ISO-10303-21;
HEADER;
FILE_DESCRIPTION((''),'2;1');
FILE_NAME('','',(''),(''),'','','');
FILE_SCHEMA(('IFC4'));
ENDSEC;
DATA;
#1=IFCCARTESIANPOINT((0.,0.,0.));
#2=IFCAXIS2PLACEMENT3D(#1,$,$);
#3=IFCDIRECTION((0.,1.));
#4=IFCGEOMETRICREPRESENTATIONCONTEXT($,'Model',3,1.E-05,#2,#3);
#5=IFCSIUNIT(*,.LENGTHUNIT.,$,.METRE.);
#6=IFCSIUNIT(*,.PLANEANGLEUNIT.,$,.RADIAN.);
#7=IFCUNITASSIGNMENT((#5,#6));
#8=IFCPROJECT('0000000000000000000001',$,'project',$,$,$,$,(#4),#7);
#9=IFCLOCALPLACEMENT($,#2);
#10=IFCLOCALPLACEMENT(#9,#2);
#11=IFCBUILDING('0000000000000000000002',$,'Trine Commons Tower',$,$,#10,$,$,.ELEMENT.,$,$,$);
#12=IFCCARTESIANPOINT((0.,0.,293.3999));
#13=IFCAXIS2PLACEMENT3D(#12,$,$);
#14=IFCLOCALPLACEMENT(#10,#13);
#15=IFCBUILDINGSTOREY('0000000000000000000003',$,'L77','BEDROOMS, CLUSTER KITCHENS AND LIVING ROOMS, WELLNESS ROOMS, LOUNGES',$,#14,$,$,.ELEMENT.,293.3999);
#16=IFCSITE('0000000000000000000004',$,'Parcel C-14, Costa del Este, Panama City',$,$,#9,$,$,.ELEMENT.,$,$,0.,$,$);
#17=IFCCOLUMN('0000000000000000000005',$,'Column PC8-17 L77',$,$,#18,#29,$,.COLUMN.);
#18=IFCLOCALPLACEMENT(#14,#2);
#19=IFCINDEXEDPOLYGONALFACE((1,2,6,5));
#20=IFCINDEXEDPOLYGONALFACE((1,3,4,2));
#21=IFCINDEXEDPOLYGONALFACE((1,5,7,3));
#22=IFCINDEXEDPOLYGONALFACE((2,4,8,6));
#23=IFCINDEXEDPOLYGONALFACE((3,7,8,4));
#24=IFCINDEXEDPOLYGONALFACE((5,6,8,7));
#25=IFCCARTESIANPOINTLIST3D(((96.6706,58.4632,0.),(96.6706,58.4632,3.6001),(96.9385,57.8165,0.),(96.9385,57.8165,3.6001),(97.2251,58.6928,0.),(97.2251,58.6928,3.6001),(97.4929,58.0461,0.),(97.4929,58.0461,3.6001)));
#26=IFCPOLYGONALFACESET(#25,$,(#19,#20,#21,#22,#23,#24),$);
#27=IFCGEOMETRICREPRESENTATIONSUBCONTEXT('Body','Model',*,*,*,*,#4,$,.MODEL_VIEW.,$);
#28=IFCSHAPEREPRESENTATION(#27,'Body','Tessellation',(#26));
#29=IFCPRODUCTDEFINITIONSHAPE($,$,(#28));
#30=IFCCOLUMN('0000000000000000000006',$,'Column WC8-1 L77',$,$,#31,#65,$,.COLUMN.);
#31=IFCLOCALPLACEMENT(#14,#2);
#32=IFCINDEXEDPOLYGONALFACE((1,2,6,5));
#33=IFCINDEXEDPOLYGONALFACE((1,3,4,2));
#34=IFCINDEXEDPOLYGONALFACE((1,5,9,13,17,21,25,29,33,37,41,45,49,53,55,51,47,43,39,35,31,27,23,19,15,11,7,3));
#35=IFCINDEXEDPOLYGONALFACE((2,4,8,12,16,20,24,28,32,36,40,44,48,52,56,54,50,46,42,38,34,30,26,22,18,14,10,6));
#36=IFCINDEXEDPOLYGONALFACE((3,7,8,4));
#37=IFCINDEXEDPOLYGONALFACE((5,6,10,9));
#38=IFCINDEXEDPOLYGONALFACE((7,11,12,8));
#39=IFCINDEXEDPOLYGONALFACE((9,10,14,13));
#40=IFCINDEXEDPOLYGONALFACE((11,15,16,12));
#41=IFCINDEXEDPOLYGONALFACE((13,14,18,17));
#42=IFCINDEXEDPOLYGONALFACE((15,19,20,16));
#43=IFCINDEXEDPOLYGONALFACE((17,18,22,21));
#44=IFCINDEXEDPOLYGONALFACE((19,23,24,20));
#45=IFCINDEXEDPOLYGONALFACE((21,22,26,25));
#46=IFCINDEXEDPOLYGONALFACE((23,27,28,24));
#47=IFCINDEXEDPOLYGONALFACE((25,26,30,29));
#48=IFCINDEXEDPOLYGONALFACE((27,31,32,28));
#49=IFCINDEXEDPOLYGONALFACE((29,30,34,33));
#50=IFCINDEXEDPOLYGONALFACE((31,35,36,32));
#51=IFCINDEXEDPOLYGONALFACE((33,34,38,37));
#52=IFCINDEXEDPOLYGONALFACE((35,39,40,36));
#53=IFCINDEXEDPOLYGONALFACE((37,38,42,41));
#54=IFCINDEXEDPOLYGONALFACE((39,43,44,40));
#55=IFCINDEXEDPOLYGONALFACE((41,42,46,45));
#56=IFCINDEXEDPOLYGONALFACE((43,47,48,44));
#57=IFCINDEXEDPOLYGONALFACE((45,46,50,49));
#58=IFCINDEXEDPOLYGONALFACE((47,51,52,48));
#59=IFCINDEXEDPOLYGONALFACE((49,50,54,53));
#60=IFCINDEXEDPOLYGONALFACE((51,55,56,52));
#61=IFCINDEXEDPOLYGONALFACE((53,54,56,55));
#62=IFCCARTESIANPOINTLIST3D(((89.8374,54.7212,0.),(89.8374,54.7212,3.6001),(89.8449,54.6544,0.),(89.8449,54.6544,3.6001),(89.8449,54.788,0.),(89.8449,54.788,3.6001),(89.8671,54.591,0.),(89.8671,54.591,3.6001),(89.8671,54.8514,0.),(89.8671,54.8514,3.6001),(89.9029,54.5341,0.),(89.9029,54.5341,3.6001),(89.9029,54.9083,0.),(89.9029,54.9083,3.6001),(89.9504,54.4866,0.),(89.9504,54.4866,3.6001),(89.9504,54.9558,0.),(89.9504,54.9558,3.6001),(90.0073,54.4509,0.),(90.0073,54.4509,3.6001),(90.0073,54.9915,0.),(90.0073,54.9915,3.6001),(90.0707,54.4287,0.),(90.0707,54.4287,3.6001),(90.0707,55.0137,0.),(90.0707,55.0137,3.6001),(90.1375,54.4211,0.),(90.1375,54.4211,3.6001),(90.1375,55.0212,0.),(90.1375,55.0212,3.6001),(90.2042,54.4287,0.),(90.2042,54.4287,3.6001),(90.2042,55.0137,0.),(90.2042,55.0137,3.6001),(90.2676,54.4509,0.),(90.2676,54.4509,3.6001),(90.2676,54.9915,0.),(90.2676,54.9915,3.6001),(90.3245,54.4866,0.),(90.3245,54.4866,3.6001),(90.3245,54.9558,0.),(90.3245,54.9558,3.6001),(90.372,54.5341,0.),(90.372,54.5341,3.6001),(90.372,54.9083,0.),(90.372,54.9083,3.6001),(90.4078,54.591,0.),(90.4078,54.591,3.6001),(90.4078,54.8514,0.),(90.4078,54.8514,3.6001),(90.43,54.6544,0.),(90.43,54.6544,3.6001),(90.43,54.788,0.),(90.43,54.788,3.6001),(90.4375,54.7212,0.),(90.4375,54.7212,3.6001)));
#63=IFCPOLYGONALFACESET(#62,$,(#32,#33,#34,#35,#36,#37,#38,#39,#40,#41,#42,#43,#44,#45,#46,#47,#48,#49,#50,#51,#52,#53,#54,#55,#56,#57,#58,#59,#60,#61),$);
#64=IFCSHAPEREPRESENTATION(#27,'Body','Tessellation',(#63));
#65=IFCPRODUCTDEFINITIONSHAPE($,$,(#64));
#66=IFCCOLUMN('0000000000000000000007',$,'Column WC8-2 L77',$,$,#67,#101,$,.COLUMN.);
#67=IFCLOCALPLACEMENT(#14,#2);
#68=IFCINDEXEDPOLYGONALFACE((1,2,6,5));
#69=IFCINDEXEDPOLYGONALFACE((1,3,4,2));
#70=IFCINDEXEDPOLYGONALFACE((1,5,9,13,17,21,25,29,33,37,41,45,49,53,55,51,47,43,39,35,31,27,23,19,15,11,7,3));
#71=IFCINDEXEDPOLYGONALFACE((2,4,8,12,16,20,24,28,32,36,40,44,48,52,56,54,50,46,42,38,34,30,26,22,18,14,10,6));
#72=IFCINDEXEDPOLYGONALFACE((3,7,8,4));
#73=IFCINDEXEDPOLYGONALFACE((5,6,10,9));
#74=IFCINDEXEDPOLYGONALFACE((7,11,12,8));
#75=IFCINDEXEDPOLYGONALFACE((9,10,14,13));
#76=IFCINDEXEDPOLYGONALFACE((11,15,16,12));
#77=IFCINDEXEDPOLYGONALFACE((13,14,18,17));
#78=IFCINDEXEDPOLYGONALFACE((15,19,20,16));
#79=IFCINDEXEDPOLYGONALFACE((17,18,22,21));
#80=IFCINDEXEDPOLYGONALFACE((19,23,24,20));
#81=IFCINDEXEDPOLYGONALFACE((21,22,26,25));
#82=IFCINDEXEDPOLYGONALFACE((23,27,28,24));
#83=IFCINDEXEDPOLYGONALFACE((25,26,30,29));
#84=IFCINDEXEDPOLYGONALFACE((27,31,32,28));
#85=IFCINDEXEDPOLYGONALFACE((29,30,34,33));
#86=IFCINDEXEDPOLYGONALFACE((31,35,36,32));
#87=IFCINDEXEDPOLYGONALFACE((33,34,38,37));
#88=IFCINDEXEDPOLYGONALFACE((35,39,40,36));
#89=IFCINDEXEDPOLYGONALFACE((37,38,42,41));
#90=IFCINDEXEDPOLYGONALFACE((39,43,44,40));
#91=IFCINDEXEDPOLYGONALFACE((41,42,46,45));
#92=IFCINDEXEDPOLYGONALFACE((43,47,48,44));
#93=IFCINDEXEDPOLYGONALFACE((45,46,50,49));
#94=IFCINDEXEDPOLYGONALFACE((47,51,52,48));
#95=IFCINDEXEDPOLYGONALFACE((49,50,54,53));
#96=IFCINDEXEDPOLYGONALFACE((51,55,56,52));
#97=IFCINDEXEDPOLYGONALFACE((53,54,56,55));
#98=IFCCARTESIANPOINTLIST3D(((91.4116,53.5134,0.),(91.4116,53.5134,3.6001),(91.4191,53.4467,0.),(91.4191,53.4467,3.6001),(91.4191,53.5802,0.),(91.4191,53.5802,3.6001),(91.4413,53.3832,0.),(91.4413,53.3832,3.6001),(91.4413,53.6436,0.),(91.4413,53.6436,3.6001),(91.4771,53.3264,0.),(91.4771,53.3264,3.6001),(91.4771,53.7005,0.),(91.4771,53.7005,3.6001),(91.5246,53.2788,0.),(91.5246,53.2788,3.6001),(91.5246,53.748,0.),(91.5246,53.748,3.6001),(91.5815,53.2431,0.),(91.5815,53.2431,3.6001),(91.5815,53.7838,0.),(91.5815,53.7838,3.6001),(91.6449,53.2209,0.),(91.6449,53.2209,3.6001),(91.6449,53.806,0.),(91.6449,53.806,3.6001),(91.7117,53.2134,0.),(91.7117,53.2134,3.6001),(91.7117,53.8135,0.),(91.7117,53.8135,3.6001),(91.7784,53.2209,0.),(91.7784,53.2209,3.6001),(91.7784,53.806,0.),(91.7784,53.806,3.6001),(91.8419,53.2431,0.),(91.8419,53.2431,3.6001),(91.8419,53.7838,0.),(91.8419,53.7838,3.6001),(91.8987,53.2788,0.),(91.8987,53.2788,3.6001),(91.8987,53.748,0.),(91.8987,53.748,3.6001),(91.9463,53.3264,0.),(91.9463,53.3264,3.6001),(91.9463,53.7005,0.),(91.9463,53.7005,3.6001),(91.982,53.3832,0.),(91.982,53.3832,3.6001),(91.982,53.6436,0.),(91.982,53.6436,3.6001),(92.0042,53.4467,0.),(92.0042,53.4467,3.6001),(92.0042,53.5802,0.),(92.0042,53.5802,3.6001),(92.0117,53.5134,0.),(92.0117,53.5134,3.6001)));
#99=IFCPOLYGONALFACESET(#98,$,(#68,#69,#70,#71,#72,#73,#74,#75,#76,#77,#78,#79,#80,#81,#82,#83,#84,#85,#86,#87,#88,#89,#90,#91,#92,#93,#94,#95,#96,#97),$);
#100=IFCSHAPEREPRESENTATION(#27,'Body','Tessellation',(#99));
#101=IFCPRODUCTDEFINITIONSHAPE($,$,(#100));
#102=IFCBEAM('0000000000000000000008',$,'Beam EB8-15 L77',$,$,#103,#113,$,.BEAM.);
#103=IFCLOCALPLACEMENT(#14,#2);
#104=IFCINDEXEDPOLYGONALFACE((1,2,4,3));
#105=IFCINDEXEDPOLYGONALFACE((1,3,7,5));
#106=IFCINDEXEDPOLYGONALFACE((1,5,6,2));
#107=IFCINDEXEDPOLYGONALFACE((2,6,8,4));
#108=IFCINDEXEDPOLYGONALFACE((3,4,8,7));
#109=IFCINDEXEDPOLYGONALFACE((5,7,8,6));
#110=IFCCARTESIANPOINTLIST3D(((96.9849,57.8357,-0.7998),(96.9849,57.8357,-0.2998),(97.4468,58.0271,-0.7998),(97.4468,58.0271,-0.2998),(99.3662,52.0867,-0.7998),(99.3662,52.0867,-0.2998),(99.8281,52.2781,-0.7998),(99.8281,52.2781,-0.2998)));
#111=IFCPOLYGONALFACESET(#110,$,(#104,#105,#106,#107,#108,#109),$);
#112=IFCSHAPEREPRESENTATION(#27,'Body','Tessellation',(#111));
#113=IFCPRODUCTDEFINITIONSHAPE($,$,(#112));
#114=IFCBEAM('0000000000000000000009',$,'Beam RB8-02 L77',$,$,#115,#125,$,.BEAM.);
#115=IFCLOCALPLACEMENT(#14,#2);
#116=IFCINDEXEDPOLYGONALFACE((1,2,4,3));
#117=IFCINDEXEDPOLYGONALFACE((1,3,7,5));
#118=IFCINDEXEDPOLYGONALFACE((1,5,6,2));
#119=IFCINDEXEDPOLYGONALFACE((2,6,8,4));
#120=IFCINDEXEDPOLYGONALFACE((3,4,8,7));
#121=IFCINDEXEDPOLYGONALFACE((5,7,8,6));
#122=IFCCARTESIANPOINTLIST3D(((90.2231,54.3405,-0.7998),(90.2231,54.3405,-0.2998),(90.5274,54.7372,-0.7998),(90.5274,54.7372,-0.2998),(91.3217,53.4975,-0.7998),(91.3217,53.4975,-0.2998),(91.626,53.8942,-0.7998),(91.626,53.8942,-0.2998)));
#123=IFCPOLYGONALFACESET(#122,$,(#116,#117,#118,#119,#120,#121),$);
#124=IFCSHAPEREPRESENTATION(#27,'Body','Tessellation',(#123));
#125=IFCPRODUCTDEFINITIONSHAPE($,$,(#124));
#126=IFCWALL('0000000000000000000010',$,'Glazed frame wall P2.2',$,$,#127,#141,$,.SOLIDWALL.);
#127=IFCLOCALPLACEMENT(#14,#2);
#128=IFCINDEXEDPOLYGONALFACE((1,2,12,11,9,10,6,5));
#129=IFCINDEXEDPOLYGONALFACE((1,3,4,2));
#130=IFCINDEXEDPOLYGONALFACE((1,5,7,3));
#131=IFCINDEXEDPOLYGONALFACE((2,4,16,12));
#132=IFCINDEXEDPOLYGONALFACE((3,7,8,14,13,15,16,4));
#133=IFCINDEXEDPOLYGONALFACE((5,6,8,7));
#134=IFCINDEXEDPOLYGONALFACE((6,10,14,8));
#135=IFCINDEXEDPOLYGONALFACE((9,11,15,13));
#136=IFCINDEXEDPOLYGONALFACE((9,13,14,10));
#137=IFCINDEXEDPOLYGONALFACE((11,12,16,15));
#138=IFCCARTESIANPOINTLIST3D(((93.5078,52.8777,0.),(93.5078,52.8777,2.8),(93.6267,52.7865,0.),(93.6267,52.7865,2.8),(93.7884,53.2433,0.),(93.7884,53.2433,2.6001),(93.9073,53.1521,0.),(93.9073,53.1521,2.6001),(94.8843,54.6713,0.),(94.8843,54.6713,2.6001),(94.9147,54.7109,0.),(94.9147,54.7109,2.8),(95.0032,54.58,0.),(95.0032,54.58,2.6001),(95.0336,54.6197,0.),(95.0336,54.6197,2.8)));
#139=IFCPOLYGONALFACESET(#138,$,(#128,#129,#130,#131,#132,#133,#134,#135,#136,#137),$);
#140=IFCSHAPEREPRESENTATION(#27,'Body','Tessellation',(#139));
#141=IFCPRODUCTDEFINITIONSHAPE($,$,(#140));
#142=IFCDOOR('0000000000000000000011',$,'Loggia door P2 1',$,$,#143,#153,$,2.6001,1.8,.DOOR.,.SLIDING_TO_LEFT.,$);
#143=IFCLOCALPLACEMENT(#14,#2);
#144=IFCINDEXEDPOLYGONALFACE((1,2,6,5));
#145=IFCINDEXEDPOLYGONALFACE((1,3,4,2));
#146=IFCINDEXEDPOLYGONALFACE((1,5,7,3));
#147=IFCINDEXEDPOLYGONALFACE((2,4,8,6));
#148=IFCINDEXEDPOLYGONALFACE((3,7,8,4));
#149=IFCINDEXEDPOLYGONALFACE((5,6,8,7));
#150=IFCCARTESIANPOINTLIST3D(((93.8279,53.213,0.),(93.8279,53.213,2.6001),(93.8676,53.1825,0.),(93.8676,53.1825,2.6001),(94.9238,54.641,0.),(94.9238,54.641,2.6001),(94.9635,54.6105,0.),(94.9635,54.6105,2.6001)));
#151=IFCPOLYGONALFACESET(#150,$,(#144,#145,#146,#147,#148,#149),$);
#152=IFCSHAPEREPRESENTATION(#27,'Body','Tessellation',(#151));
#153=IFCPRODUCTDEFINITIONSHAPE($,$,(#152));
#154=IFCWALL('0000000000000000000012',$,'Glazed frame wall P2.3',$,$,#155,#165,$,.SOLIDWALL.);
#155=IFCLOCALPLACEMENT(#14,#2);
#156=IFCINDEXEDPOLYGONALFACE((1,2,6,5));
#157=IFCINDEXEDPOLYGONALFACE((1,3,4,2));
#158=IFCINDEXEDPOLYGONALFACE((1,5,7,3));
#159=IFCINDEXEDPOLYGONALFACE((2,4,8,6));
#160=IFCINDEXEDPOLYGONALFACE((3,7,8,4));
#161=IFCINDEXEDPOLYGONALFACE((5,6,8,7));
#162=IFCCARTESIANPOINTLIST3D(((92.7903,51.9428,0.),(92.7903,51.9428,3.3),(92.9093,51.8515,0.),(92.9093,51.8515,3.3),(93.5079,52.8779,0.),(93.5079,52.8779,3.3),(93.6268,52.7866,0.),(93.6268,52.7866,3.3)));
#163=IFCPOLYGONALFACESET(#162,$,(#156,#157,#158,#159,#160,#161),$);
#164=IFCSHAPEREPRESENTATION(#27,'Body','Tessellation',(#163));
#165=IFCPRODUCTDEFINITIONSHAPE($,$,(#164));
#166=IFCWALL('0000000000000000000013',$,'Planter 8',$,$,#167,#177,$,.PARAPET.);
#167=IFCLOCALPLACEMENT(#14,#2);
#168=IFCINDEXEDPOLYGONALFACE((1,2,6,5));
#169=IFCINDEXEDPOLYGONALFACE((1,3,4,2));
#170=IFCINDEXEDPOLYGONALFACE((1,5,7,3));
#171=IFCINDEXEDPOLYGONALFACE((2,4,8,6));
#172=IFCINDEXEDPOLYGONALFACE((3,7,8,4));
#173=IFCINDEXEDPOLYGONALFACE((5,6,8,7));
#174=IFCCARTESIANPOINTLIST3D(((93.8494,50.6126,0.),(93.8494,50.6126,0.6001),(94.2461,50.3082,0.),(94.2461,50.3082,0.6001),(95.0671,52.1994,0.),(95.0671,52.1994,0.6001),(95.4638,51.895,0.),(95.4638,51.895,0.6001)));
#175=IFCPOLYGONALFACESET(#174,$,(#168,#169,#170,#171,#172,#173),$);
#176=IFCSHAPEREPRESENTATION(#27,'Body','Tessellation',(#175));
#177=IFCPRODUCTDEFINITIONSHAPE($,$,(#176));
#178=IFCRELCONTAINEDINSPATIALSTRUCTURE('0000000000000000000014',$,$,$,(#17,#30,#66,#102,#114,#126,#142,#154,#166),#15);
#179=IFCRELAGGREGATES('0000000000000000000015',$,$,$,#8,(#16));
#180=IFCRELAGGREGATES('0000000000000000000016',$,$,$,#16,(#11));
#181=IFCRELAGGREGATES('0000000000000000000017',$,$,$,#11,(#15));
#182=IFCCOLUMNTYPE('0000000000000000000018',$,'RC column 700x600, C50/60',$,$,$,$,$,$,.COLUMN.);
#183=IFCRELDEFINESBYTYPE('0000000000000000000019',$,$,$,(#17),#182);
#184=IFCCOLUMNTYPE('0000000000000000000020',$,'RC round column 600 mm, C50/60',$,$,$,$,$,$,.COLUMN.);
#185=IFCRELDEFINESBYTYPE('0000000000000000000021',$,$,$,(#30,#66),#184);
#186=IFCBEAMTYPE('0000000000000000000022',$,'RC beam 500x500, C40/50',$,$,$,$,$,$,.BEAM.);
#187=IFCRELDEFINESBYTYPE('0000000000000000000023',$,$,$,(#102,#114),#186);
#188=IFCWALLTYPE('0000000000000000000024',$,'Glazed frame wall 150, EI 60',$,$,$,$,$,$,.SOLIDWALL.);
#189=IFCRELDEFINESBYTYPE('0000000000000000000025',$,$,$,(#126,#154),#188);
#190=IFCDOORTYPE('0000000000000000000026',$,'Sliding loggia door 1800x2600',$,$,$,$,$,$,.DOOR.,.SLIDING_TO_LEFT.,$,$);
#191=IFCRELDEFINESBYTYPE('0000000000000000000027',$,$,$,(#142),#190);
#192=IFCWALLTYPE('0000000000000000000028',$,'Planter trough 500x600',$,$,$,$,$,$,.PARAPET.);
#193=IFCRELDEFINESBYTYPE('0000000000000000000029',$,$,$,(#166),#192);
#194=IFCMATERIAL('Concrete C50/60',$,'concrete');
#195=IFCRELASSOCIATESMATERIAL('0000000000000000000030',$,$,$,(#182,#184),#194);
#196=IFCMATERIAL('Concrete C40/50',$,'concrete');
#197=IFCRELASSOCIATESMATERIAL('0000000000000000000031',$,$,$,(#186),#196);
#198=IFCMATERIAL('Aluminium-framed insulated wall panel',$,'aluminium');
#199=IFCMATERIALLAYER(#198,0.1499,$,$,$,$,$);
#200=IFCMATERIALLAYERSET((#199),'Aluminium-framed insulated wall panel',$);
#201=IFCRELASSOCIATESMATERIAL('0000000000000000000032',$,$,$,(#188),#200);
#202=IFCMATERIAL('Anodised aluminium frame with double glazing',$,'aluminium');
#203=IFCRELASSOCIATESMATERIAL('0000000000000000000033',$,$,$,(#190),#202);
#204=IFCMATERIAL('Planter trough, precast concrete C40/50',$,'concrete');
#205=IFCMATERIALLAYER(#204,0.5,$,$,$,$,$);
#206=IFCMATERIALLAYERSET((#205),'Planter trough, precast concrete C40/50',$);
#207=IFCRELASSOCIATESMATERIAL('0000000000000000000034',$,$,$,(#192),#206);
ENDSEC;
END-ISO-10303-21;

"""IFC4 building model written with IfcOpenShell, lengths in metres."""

from ifc_helpers import new_model, si_unit, direction, frame, frame_2d, origin, origin_2d, place, context, subcontext, project, spatial, polyline, rectangle, circle, outline, extrude, material, layer, layer_set, material_profile, profile_set, type_object, element, fill, save


model = new_model("IFC4")

# Units and contexts
model_context = context("Model", 3, precision=1e-05, world=origin(), true_north=direction((0.0, 1.0)))
body_context = subcontext(model_context, "Body", "Model", "MODEL_VIEW")
ifc_project = project(units=[si_unit("LENGTHUNIT", "METRE"), si_unit("PLANEANGLEUNIT", "RADIAN")], contexts=[model_context])

# Site, building, storey
site_placement = place(None, origin())
site = spatial("IfcSite", under=ifc_project, at=site_placement, Name="Parcel C-14, Costa del Este, Panama City", CompositionType="ELEMENT", RefElevation=0.0)
building_placement = place(site_placement, origin())
building = spatial("IfcBuilding", under=site, at=building_placement, Name="Trine Commons Tower", CompositionType="ELEMENT")
storey_placement = place(building_placement, frame((0.0, 0.0, 293.3999)))
storey = spatial("IfcBuildingStorey", under=building, at=storey_placement, Name="L77", Description="BEDROOMS, CLUSTER KITCHENS AND LIVING ROOMS, WELLNESS ROOMS, LOUNGES", CompositionType="ELEMENT", Elevation=293.3999)

# Columns
ifc_material_1 = material(Name="Concrete C50/60", Category="concrete")
ifc_material_profile_1 = material_profile(ifc_material_1, rectangle(XDim=0.7, YDim=0.6001, at=origin_2d()), Name="RC 700x600")
ifc_profile_set_1 = profile_set([ifc_material_profile_1], Name="Concrete C50/60")
column_type_1 = type_object("IfcColumnType", Name="RC column 700x600, C50/60", PredefinedType="COLUMN", material=ifc_profile_set_1)
column_placement = place(storey_placement, frame((97.0818, 58.2546, 0.0), z_axis=(0.0, 0.0, 1.0), x_axis=(-0.382683, 0.92388, 0.0)))
element("IfcColumn", 1, at=column_placement, inside=storey, type_object=column_type_1, Name="Column PC8-17 L77", PredefinedType="COLUMN", context=body_context, shape_type="SweptSolid", body=[
    extrude(rectangle(XDim=0.7, YDim=0.6001, at=origin_2d()), origin(), (0.0, 0.0, 1.0), 3.6001),
])
ifc_material_profile_2 = material_profile(ifc_material_1, circle(Radius=0.3, at=origin_2d()), Name="RC round 600")
ifc_profile_set_2 = profile_set([ifc_material_profile_2], Name="Concrete C50/60")
column_type_2 = type_object("IfcColumnType", Name="RC round column 600 mm, C50/60", PredefinedType="COLUMN", material=ifc_profile_set_2)
for number, where, z_axis, x_axis, name in (
    (2, (90.1375, 54.7212, 0.0), (0.0, 0.0, 1.0), (1.0, 0.0, 0.0), "Column WC8-1 L77"),
    (3, (91.7117, 53.5134, 0.0), (0.0, 0.0, 1.0), (1.0, 0.0, 0.0), "Column WC8-2 L77"),
):
    element("IfcColumn", number, at=place(storey_placement, frame(where, z_axis=z_axis, x_axis=x_axis)), inside=storey, type_object=column_type_2, Name=name, PredefinedType="COLUMN", context=body_context, shape_type="SweptSolid", body=[
        extrude(circle(Radius=0.3, at=origin_2d()), origin(), (0.0, 0.0, 1.0), 3.6001),
    ])

# Beams
ifc_material_2 = material(Name="Concrete C40/50", Category="concrete")
ifc_material_profile_3 = material_profile(ifc_material_2, rectangle(XDim=0.5, YDim=0.5, at=origin_2d()), Name="RC 500x500")
ifc_profile_set_3 = profile_set([ifc_material_profile_3], Name="Concrete C40/50")
beam_type = type_object("IfcBeamType", Name="RC beam 500x500, C40/50", PredefinedType="BEAM", material=ifc_profile_set_3)
beam_1_placement = place(storey_placement, frame((97.2158, 57.9314, -0.5498), z_axis=(0.382687, -0.923878, 0.0), x_axis=(0.923878, 0.382687, 0.0)))
element("IfcBeam", 4, at=beam_1_placement, inside=storey, type_object=beam_type, Name="Beam EB8-15 L77", PredefinedType="BEAM", context=body_context, shape_type="SweptSolid", body=[
    extrude(rectangle(XDim=0.5, YDim=0.5, at=origin_2d()), origin(), (0.0, 0.0, 1.0), 6.2227),
])
beam_2_placement = place(storey_placement, frame((90.3752, 54.5388, -0.5498), z_axis=(0.793351, -0.608765, 0.0), x_axis=(0.608765, 0.793351, 0.0)))
element("IfcBeam", 5, at=beam_2_placement, inside=storey, type_object=beam_type, Name="Beam RB8-02 L77", PredefinedType="BEAM", context=body_context, shape_type="SweptSolid", body=[
    extrude(rectangle(XDim=0.5, YDim=0.5, at=origin_2d()), origin(), (0.0, 0.0, 1.0), 1.3848),
])

# Shared definitions
ifc_material_3 = material(Name="Aluminium-framed insulated wall panel", Category="aluminium")
ifc_layer_1 = layer(ifc_material_3, 0.1499)
ifc_layer_set_1 = layer_set([ifc_layer_1], Name="Aluminium-framed insulated wall panel")
wall_type_1 = type_object("IfcWallType", Name="Glazed frame wall 150, EI 60", PredefinedType="SOLIDWALL", material=ifc_layer_set_1)

# Wall, opening, door
wall_1_placement = place(storey_placement, frame((94.9741, 54.6653, 0.0), z_axis=(0.0, 0.0, 1.0), x_axis=(-0.608822, -0.793307, 0.0)))
wall_1 = element("IfcWall", 6, at=wall_1_placement, inside=storey, type_object=wall_type_1, Name="Glazed frame wall P2.2", PredefinedType="SOLIDWALL", context=body_context, shape_type="SweptSolid", body=[
    extrude(outline(polyline([(0.0, -0.075), (2.3108, -0.075), (2.3108, 0.075), (0.0, 0.075), (0.0, -0.075)])), origin(), (0.0, 0.0, 1.0), 2.8),
])
opening_1_placement = place(wall_1_placement, frame((0.05, 0.0, 0.0)))
opening_1 = element("IfcOpeningElement", 7, at=opening_1_placement, cuts=wall_1, PredefinedType="OPENING", context=body_context, shape_type="SweptSolid", body=[
    extrude(rectangle(XDim=1.8, YDim=2.6001, at=frame_2d((0.8999, 1.3))), frame((0.0, 0.085, 0.0), z_axis=(0.0, -1.0, 0.0), x_axis=(1.0, 0.0, 0.0)), (0.0, 0.0, 1.0), 0.1699),
])
ifc_material_4 = material(Name="Anodised aluminium frame with double glazing", Category="aluminium")
door_type_1 = type_object("IfcDoorType", Name="Sliding loggia door 1800x2600", OperationType="SLIDING_TO_LEFT", PredefinedType="DOOR", material=ifc_material_4)
door_1_placement = place(opening_1_placement, origin())
door_1 = element("IfcDoor", 8, at=door_1_placement, inside=storey, type_object=door_type_1, Name="Loggia door P2 1", OperationType="SLIDING_TO_LEFT", OverallHeight=2.6001, OverallWidth=1.8, PredefinedType="DOOR", context=body_context, shape_type="SweptSolid", body=[
    extrude(rectangle(XDim=1.8, YDim=2.6001, at=frame_2d((0.8999, 1.3))), frame((0.0, 0.0249, 0.0), z_axis=(0.0, -1.0, 0.0), x_axis=(1.0, 0.0, 0.0)), (0.0, 0.0, 1.0), 0.05),
])
fill(opening_1, door_1)

# Walls
wall_2_placement = place(storey_placement, frame((93.5674, 52.8323, 0.0), z_axis=(0.0, 0.0, 1.0), x_axis=(-0.608779, -0.79334, 0.0)))
element("IfcWall", 9, at=wall_2_placement, inside=storey, type_object=wall_type_1, Name="Glazed frame wall P2.3", PredefinedType="SOLIDWALL", context=body_context, shape_type="SweptSolid", body=[
    extrude(outline(polyline([(0.0, -0.075), (1.1787, -0.075), (1.1787, 0.075), (0.0, 0.075), (0.0, -0.075)])), origin(), (0.0, 0.0, 1.0), 3.3),
])
ifc_material_5 = material(Name="Planter trough, precast concrete C40/50", Category="concrete")
ifc_layer_2 = layer(ifc_material_5, 0.5)
ifc_layer_set_2 = layer_set([ifc_layer_2], Name="Planter trough, precast concrete C40/50")
wall_type_2 = type_object("IfcWallType", Name="Planter trough 500x600", PredefinedType="PARAPET", material=ifc_layer_set_2)
wall_3_placement = place(storey_placement, frame((95.2654, 52.0471, 0.0), z_axis=(0.0, 0.0, 1.0), x_axis=(-0.60879, -0.793331, 0.0)))
element("IfcWall", 10, at=wall_3_placement, inside=storey, type_object=wall_type_2, Name="Planter 8", PredefinedType="PARAPET", context=body_context, shape_type="SweptSolid", body=[
    extrude(rectangle(XDim=2.0002, YDim=0.5, at=frame_2d((1.0, 0.0))), origin(), (0.0, 0.0, 1.0), 0.6001),
])

save(model, "model.ifc")
